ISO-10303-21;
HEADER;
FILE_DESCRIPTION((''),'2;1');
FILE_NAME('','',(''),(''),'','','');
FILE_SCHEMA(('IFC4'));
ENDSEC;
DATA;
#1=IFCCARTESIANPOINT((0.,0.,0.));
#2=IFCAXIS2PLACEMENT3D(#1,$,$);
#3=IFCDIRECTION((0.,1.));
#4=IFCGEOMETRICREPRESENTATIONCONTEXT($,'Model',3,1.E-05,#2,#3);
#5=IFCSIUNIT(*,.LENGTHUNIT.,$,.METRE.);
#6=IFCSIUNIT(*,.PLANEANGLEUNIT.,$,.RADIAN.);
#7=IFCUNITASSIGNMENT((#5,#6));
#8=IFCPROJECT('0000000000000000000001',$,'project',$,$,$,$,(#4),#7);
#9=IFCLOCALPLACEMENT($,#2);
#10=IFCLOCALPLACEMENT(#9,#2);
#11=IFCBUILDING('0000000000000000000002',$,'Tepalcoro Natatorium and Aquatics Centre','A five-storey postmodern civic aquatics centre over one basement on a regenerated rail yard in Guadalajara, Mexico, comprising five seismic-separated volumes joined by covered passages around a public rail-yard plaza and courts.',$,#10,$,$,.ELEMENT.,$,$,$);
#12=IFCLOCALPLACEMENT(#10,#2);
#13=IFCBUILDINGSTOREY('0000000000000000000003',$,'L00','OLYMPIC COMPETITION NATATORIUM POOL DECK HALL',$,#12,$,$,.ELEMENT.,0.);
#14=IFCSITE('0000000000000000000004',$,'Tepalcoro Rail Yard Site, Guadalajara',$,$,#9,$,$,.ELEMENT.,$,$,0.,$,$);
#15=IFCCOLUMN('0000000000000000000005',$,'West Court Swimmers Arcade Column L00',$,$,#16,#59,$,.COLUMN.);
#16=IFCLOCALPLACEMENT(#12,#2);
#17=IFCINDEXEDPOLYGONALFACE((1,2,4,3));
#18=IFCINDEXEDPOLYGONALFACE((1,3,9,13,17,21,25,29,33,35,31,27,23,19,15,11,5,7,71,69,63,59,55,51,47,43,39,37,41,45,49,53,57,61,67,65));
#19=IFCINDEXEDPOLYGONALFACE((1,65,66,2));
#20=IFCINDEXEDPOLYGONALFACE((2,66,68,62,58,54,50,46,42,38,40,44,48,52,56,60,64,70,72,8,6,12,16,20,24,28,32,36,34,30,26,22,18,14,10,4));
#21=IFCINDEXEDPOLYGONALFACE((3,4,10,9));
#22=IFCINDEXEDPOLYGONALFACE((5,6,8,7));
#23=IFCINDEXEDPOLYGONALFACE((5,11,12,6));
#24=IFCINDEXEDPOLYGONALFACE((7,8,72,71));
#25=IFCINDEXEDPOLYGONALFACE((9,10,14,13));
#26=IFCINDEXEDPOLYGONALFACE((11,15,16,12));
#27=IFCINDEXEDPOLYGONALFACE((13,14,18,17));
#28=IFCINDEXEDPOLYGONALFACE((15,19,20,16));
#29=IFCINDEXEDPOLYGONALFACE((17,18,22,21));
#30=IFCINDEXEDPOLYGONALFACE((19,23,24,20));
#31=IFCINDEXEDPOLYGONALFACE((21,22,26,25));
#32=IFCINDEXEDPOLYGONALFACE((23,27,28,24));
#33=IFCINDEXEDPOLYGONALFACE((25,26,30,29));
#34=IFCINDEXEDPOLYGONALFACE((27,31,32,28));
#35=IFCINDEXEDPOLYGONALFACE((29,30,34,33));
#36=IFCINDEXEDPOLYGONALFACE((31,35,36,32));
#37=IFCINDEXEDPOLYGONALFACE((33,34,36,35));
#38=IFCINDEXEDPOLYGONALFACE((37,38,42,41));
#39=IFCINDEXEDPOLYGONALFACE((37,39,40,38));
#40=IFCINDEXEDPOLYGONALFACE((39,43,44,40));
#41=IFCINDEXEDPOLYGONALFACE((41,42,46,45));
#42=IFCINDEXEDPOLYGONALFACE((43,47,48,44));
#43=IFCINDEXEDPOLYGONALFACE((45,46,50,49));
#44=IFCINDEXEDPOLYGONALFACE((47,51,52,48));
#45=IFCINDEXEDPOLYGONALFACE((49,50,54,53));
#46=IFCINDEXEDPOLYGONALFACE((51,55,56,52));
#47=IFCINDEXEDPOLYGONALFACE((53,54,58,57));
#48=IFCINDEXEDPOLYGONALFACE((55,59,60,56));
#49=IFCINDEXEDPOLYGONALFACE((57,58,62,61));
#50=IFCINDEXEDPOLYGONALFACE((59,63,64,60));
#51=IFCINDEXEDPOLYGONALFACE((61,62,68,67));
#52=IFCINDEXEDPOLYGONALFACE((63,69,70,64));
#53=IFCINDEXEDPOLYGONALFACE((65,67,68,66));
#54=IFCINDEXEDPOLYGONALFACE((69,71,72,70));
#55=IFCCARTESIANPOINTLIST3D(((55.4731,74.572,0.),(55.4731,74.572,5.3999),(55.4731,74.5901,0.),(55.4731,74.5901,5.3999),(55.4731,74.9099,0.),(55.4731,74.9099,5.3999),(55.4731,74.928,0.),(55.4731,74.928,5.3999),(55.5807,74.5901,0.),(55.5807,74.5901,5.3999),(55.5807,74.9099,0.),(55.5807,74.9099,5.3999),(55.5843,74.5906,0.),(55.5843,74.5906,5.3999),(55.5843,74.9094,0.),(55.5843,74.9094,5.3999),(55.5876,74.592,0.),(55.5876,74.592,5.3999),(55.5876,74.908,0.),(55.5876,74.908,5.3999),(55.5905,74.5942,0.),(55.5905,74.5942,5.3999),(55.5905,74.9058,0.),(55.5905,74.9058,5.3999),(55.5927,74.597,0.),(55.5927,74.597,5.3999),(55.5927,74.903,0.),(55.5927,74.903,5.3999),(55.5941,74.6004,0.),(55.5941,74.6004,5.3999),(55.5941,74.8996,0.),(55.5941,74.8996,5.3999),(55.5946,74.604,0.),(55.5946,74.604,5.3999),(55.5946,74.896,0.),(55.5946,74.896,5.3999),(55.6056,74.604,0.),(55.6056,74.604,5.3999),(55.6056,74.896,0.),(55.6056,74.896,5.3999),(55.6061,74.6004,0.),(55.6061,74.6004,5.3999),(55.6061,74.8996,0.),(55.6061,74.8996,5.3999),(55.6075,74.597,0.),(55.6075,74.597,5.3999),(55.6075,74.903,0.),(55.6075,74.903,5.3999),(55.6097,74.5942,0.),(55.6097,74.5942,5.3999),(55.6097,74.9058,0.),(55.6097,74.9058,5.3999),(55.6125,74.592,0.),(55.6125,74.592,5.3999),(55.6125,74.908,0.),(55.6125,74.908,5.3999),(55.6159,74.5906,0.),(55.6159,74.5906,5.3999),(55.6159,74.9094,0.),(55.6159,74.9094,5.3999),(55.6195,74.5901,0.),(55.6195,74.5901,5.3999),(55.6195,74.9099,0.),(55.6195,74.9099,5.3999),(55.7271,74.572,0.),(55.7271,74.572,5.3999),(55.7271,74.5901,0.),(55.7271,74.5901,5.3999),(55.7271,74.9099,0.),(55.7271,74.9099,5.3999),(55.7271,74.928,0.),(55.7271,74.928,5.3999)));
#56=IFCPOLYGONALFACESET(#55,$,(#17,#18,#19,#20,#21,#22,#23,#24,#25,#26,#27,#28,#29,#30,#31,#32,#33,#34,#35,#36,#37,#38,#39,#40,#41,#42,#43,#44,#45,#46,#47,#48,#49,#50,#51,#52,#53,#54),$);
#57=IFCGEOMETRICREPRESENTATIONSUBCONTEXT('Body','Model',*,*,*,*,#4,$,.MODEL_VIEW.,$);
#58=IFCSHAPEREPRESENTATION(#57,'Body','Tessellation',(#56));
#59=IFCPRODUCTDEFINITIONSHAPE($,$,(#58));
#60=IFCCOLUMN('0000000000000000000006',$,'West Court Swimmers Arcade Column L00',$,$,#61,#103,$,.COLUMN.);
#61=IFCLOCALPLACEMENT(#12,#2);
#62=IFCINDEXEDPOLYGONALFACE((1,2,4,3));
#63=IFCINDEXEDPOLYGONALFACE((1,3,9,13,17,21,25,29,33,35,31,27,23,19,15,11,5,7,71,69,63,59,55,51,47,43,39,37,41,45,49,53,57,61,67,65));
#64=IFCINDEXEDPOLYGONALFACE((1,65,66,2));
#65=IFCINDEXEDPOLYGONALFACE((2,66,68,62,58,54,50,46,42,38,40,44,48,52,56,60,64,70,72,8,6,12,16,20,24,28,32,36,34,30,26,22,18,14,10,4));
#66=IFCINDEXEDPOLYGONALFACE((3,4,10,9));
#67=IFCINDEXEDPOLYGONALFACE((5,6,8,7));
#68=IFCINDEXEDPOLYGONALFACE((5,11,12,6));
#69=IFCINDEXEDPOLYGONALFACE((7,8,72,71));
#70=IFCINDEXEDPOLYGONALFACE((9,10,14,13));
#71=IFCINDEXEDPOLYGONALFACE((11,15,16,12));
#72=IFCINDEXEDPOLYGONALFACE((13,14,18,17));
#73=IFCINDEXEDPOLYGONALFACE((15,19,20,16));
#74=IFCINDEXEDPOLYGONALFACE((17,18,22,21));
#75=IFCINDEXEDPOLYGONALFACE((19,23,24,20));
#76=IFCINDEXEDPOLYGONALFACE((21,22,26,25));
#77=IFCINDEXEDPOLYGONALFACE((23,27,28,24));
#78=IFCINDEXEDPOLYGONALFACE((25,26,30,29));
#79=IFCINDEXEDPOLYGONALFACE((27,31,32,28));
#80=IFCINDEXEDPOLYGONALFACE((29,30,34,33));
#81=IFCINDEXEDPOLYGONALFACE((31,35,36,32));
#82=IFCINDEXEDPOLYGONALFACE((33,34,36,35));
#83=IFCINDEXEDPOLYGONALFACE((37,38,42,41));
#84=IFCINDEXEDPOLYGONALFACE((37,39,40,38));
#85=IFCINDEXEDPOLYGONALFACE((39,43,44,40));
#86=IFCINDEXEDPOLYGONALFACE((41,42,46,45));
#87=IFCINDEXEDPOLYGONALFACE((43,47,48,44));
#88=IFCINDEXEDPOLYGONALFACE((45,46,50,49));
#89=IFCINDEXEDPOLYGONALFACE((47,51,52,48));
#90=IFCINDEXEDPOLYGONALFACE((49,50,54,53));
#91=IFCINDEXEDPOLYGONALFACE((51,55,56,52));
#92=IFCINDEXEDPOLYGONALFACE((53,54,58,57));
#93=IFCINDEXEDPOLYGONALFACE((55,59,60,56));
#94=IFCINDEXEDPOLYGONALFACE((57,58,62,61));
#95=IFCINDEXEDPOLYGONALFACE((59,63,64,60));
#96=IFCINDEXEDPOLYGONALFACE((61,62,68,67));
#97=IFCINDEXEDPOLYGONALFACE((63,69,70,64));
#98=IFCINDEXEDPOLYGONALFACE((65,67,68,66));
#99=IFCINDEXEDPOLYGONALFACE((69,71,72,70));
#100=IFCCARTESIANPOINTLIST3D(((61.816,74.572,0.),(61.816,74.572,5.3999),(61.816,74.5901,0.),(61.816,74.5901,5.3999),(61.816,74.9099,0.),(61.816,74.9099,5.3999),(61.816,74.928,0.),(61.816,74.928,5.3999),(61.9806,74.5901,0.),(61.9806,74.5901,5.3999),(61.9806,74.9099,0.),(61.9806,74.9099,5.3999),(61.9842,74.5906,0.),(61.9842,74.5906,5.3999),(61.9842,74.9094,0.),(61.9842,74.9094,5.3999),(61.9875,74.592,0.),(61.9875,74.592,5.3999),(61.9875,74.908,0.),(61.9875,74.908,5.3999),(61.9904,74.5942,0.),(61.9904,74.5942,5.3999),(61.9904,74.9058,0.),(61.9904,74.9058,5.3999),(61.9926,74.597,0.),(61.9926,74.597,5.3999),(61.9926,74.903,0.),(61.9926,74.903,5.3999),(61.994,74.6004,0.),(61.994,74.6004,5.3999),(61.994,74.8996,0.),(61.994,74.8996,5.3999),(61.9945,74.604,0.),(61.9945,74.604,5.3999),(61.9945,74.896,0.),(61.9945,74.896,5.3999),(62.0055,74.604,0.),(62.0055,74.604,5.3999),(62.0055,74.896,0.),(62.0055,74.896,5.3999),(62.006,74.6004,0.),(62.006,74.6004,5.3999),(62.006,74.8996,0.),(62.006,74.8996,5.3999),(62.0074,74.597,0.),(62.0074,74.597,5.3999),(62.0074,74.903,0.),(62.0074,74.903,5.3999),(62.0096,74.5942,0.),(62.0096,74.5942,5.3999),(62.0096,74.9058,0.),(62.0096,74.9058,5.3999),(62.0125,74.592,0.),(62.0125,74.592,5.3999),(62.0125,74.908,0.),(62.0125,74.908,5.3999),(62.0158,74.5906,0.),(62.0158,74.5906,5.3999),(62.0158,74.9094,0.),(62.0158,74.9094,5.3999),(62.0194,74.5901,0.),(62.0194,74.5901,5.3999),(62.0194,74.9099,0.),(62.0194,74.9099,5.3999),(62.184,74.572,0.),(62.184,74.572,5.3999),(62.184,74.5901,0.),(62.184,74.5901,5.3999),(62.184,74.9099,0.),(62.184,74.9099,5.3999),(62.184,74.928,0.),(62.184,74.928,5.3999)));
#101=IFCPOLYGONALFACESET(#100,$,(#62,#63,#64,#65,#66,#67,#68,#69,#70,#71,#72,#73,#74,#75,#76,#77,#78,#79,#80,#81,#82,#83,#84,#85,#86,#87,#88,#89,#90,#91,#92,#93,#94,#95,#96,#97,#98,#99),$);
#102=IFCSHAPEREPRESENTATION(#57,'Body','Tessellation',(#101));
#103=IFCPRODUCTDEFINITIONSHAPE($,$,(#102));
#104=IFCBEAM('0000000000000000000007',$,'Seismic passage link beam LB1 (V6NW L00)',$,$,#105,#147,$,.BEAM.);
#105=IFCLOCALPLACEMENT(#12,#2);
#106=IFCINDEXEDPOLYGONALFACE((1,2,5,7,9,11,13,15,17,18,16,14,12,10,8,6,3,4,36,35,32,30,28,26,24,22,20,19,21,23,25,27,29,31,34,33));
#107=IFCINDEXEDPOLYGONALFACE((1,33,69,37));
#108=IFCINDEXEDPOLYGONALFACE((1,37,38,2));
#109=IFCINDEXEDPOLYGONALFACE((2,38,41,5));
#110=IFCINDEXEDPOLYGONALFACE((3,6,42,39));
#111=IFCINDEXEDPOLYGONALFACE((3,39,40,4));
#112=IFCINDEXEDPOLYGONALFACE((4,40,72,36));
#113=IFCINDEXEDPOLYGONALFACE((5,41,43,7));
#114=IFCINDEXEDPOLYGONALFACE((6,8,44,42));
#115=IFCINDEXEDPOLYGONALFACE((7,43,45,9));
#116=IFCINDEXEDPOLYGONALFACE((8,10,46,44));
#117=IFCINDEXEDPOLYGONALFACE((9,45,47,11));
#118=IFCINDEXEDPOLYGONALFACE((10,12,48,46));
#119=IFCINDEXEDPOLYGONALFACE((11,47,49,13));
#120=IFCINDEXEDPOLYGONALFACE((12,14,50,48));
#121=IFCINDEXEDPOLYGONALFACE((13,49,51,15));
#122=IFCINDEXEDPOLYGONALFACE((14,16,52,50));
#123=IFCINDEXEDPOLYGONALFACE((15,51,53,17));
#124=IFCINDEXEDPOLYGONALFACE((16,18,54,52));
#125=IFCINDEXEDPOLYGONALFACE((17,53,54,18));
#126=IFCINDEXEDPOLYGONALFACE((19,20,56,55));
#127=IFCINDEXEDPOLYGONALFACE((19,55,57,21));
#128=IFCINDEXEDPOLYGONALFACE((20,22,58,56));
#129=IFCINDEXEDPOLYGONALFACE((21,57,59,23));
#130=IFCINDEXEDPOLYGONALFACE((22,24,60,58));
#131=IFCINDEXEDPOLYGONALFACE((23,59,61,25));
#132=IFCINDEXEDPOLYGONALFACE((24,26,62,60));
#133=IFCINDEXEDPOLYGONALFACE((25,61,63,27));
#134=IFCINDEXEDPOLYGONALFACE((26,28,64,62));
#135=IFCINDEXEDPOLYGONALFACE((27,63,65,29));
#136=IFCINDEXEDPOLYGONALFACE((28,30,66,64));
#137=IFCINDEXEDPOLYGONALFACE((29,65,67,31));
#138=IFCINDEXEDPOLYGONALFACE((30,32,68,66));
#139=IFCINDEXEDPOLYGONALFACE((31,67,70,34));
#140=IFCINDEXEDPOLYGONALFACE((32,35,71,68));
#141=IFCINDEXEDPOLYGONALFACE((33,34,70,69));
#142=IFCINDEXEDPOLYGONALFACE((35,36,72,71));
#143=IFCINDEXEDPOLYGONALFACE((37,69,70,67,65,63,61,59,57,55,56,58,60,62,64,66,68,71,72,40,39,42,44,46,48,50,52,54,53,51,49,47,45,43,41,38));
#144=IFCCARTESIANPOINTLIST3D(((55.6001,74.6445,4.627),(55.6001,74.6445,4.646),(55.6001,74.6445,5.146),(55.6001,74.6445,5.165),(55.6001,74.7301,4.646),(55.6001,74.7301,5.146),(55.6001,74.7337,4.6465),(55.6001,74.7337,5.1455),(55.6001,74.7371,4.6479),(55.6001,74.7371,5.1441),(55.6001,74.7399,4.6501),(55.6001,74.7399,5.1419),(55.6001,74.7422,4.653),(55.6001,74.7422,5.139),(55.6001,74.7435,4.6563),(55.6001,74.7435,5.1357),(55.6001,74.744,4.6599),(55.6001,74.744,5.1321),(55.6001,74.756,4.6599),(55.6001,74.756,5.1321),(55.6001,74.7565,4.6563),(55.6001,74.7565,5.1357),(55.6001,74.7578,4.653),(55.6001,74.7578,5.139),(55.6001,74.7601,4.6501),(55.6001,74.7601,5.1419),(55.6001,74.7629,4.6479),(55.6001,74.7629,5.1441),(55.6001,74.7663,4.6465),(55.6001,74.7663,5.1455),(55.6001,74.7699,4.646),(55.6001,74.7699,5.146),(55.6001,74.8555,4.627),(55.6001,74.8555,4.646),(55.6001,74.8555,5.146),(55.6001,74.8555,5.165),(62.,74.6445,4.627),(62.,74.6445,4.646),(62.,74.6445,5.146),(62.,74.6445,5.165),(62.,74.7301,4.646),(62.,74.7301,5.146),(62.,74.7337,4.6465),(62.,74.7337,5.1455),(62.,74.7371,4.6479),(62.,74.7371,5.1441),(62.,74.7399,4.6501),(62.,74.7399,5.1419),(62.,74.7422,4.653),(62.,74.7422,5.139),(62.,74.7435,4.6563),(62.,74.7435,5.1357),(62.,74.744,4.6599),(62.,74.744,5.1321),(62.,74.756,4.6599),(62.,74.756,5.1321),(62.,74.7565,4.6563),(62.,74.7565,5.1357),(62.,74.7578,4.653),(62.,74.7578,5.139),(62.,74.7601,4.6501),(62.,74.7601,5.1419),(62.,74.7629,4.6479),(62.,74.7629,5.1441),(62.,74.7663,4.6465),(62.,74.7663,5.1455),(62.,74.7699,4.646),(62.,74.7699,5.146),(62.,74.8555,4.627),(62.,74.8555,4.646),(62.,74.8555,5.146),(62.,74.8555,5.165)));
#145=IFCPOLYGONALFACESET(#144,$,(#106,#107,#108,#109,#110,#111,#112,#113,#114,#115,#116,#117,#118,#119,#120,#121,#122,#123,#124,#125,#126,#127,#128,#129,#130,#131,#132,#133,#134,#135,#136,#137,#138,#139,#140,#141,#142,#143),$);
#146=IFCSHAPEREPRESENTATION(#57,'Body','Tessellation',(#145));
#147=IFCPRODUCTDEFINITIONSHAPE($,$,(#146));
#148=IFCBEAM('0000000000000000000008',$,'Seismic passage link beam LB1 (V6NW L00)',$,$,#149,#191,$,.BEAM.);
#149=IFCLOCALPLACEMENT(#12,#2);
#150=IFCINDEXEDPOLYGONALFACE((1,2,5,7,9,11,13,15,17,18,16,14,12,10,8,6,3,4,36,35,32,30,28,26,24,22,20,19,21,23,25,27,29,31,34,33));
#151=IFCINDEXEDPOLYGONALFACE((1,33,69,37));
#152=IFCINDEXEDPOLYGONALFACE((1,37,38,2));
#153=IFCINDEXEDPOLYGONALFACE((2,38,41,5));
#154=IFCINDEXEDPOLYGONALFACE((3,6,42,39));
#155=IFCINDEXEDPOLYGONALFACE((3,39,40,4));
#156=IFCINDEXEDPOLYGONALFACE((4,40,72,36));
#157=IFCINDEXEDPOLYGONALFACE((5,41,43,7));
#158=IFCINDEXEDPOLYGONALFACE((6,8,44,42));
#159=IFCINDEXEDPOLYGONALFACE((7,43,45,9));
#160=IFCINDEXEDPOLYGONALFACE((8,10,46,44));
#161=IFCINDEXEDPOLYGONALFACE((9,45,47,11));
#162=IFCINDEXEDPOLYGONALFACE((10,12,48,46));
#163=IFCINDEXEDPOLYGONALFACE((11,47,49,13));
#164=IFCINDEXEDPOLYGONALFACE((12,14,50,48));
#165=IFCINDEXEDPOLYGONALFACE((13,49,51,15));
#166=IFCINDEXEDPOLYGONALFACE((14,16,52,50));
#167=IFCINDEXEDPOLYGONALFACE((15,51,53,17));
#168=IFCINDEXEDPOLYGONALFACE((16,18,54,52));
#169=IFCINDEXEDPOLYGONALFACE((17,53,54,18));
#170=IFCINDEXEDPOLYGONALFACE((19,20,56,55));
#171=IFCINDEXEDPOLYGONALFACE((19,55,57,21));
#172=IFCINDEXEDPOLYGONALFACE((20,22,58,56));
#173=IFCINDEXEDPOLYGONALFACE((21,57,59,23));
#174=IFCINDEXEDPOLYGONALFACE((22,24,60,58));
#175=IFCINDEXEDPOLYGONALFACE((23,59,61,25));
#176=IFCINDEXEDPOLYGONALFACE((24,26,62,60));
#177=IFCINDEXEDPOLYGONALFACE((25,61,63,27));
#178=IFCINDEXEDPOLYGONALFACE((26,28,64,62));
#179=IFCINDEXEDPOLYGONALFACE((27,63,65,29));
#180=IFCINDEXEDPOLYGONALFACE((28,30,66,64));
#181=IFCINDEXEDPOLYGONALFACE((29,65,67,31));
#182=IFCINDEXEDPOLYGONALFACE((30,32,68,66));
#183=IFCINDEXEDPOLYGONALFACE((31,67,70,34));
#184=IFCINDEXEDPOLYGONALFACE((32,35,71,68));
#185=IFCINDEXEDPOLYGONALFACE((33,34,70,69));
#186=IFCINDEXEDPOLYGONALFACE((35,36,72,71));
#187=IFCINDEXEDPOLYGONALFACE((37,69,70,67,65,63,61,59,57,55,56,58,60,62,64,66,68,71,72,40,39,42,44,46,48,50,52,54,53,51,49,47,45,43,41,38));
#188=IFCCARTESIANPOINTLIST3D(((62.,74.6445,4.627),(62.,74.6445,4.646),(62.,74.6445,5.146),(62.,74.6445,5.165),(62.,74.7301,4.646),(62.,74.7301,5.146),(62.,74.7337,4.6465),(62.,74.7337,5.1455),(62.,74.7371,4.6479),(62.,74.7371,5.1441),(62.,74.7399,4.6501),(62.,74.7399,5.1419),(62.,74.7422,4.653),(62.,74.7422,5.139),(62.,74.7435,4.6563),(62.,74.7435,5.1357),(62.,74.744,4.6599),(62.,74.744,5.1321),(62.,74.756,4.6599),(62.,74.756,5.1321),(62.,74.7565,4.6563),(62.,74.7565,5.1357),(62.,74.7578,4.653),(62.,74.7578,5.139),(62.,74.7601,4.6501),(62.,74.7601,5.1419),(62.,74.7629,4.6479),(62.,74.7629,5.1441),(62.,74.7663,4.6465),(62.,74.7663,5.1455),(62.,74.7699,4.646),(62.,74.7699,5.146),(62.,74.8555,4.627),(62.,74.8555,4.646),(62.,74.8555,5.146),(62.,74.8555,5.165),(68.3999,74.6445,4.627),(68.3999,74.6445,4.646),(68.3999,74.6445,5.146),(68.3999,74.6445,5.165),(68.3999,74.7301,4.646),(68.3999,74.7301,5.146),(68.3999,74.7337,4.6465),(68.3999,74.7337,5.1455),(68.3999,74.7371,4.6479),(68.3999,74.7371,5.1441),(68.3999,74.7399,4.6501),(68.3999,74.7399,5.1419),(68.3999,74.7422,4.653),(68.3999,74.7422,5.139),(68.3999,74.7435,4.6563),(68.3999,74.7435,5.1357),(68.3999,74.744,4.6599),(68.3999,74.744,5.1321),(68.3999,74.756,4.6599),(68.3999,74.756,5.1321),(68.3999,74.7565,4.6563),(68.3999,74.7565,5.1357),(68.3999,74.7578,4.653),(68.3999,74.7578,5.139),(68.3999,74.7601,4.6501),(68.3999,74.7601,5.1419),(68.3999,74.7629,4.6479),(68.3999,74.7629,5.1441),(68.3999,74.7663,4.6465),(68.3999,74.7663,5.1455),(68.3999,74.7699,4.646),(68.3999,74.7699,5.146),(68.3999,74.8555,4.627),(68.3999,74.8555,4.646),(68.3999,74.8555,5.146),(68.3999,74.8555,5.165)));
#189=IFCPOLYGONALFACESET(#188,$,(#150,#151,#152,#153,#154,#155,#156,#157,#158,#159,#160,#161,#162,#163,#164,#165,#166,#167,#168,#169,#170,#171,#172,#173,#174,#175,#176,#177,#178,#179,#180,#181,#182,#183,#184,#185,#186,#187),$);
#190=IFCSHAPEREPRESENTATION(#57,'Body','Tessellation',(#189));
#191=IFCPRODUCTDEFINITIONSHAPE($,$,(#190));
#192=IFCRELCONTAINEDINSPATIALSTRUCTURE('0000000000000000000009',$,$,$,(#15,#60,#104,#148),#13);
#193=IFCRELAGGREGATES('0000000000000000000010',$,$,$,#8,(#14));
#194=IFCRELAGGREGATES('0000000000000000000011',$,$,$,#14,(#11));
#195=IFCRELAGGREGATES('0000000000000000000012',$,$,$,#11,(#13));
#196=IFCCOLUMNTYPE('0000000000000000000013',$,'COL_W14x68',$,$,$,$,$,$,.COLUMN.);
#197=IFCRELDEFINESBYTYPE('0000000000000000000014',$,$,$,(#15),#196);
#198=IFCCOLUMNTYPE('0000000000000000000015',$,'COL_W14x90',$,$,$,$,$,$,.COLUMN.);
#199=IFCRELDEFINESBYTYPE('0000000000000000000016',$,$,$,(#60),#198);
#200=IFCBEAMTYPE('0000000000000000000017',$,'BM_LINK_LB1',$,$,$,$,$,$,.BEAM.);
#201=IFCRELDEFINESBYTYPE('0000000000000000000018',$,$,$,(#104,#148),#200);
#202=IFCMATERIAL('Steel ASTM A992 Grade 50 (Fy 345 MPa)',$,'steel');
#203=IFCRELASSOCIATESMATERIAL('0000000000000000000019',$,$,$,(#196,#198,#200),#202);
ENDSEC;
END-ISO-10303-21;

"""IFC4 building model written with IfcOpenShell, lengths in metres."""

from ifc_helpers import new_model, si_unit, direction, frame, origin, origin_2d, place, context, subcontext, project, spatial, i_section, extrude, material, material_profile, profile_set, type_object, element, save


model = new_model("IFC4")

# Units and contexts
model_context = context("Model", 3, precision=1e-05, world=origin(), true_north=direction((0.0, 1.0)))
body_context = subcontext(model_context, "Body", "Model", "MODEL_VIEW")
ifc_project = project(units=[si_unit("LENGTHUNIT", "METRE"), si_unit("PLANEANGLEUNIT", "RADIAN")], contexts=[model_context])

# Site, building, storey
site_placement = place(None, origin())
site = spatial("IfcSite", under=ifc_project, at=site_placement, Name="Tepalcoro Rail Yard Site, Guadalajara", CompositionType="ELEMENT", RefElevation=0.0)
building_placement = place(site_placement, origin())
building = spatial("IfcBuilding", under=site, at=building_placement, Name="Tepalcoro Natatorium and Aquatics Centre", Description="A five-storey postmodern civic aquatics centre over one basement on a regenerated rail yard in Guadalajara, Mexico, comprising five seismic-separated volumes joined by covered passages around a public rail-yard plaza and courts.", CompositionType="ELEMENT")
storey_placement = place(building_placement, origin())
storey = spatial("IfcBuildingStorey", under=building, at=storey_placement, Name="L00", Description="OLYMPIC COMPETITION NATATORIUM POOL DECK HALL", CompositionType="ELEMENT", Elevation=0.0)

# Columns
ifc_material_1 = material(Name="Steel ASTM A992 Grade 50 (Fy 345 MPa)", Category="steel")
ifc_material_profile_1 = material_profile(ifc_material_1, i_section(OverallWidth=0.2539, OverallDepth=0.356, WebThickness=0.011, FlangeThickness=0.0181, FilletRadius=0.0139, at=origin_2d()), Name="W14X68")
ifc_profile_set_1 = profile_set([ifc_material_profile_1], Name="Steel ASTM A992 Grade 50 (Fy 345 MPa)")
column_type_1 = type_object("IfcColumnType", Name="COL_W14x68", PredefinedType="COLUMN", material=ifc_profile_set_1)
column_1_placement = place(storey_placement, frame((55.6001, 74.75, 0.0), z_axis=(0.0, 0.0, 1.0), x_axis=(1.0, 0.0, 0.0)))
element("IfcColumn", 1, at=column_1_placement, inside=storey, type_object=column_type_1, Name="West Court Swimmers Arcade Column L00", PredefinedType="COLUMN", context=body_context, shape_type="SweptSolid", body=[
    extrude(i_section(OverallWidth=0.2539, OverallDepth=0.356, WebThickness=0.011, FlangeThickness=0.0181, FilletRadius=0.0139, at=origin_2d()), origin(), (0.0, 0.0, 1.0), 5.3999),
])
ifc_material_profile_2 = material_profile(ifc_material_1, i_section(OverallWidth=0.3679, OverallDepth=0.356, WebThickness=0.011, FlangeThickness=0.0181, FilletRadius=0.0139, at=origin_2d()), Name="W14X90")
ifc_profile_set_2 = profile_set([ifc_material_profile_2], Name="Steel ASTM A992 Grade 50 (Fy 345 MPa)")
column_type_2 = type_object("IfcColumnType", Name="COL_W14x90", PredefinedType="COLUMN", material=ifc_profile_set_2)
column_2_placement = place(storey_placement, frame((62.0, 74.75, 0.0), z_axis=(0.0, 0.0, 1.0), x_axis=(1.0, 0.0, 0.0)))
element("IfcColumn", 2, at=column_2_placement, inside=storey, type_object=column_type_2, Name="West Court Swimmers Arcade Column L00", PredefinedType="COLUMN", context=body_context, shape_type="SweptSolid", body=[
    extrude(i_section(OverallWidth=0.3679, OverallDepth=0.356, WebThickness=0.011, FlangeThickness=0.0181, FilletRadius=0.0139, at=origin_2d()), origin(), (0.0, 0.0, 1.0), 5.3999),
])

# Beams
ifc_material_profile_3 = material_profile(ifc_material_1, i_section(OverallWidth=0.2109, OverallDepth=0.5381, WebThickness=0.012, FlangeThickness=0.019, FilletRadius=0.0139, at=origin_2d()), Name="W21X73")
ifc_profile_set_3 = profile_set([ifc_material_profile_3], Name="Steel ASTM A992 Grade 50 (Fy 345 MPa)")
beam_type_1 = type_object("IfcBeamType", Name="BM_LINK_LB1", PredefinedType="BEAM", material=ifc_profile_set_3)
for number, where, z_axis, x_axis, name in (
    (3, (55.6001, 74.75, 4.896), (1.0, 0.0, 0.0), (0.0, 1.0, 0.0), "Seismic passage link beam LB1 (V6NW L00)"),
    (4, (62.0, 74.75, 4.896), (1.0, 0.0, 0.0), (0.0, 1.0, 0.0), "Seismic passage link beam LB1 (V6NW L00)"),
):
    element("IfcBeam", number, at=place(storey_placement, frame(where, z_axis=z_axis, x_axis=x_axis)), inside=storey, type_object=beam_type_1, Name=name, PredefinedType="BEAM", context=body_context, shape_type="SweptSolid", body=[
        extrude(i_section(OverallWidth=0.2109, OverallDepth=0.5381, WebThickness=0.012, FlangeThickness=0.019, FilletRadius=0.0139, at=origin_2d()), origin(), (0.0, 0.0, 1.0), 6.3999),
    ])

save(model, "model.ifc")
